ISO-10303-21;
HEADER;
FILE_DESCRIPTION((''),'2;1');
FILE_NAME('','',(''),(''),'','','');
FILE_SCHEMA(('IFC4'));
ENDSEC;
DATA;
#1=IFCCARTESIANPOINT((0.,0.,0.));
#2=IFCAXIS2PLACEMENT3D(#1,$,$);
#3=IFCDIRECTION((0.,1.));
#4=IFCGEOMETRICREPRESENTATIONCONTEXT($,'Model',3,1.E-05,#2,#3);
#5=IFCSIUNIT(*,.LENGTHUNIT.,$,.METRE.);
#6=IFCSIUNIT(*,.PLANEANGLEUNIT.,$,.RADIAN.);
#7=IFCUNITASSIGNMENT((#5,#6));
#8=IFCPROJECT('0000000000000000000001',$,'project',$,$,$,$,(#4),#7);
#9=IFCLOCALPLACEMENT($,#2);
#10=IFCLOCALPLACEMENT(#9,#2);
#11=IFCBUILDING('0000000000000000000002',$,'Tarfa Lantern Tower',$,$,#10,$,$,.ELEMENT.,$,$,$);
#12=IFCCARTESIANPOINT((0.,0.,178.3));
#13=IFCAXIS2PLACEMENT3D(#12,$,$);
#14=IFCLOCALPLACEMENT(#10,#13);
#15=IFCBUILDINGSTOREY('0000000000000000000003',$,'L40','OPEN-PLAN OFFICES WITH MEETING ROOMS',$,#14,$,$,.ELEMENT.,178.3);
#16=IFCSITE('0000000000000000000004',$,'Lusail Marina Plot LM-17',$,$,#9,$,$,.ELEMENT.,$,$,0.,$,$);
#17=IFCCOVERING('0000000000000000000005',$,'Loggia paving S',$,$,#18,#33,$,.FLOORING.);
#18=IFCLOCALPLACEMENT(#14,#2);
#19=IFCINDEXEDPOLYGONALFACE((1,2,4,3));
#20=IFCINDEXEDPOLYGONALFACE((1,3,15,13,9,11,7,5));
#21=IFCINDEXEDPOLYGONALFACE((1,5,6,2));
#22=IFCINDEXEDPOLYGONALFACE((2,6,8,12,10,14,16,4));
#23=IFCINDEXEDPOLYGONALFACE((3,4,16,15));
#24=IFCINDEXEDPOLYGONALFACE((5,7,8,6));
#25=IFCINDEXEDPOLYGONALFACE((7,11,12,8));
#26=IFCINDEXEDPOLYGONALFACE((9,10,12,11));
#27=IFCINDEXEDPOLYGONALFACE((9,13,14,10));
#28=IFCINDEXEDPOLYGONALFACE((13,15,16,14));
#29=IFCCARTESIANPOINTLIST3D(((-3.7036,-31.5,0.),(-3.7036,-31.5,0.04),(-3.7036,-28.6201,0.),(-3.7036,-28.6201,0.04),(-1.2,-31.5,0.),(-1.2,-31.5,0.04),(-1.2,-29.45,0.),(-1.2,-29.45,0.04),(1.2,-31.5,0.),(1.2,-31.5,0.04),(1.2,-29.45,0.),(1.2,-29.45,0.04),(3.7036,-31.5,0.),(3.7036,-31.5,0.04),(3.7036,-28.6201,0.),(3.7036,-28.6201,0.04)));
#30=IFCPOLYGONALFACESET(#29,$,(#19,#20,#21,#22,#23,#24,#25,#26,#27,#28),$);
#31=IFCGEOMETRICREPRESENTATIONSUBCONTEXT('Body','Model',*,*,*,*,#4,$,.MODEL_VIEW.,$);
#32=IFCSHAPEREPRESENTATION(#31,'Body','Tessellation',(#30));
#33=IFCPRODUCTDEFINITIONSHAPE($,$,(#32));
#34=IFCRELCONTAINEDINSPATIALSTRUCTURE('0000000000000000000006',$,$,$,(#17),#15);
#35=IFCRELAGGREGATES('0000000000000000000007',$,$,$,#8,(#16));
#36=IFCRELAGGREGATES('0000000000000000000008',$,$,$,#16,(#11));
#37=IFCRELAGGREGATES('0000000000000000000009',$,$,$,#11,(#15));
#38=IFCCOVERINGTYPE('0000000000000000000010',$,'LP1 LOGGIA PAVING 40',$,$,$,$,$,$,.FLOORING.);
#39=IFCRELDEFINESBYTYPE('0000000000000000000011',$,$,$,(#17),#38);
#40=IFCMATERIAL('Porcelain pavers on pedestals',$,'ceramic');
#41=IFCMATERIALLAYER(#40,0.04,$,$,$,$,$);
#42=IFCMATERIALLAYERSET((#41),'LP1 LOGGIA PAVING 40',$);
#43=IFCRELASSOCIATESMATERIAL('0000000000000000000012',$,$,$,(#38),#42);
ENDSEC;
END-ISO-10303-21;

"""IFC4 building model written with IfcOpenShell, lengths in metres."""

from ifc_helpers import new_model, si_unit, direction, frame, origin, place, context, subcontext, project, spatial, polyline, outline, extrude, material, layer, layer_set, type_object, element, save


model = new_model("IFC4")

# Units and contexts
model_context = context("Model", 3, precision=1e-05, world=origin(), true_north=direction((0.0, 1.0)))
body_context = subcontext(model_context, "Body", "Model", "MODEL_VIEW")
ifc_project = project(units=[si_unit("LENGTHUNIT", "METRE"), si_unit("PLANEANGLEUNIT", "RADIAN")], contexts=[model_context])

# Site, building, storey
site_placement = place(None, origin())
site = spatial("IfcSite", under=ifc_project, at=site_placement, Name="Lusail Marina Plot LM-17", CompositionType="ELEMENT", RefElevation=0.0)
building_placement = place(site_placement, origin())
building = spatial("IfcBuilding", under=site, at=building_placement, Name="Tarfa Lantern Tower", CompositionType="ELEMENT")
storey_placement = place(building_placement, frame((0.0, 0.0, 178.3)))
storey = spatial("IfcBuildingStorey", under=building, at=storey_placement, Name="L40", Description="OPEN-PLAN OFFICES WITH MEETING ROOMS", CompositionType="ELEMENT", Elevation=178.3)

# Covering
ifc_material_1 = material(Name="Porcelain pavers on pedestals", Category="ceramic")
ifc_layer_1 = layer(ifc_material_1, 0.04)
ifc_layer_set_1 = layer_set([ifc_layer_1], Name="LP1 LOGGIA PAVING 40")
covering_type = type_object("IfcCoveringType", Name="LP1 LOGGIA PAVING 40", PredefinedType="FLOORING", material=ifc_layer_set_1)
covering_1_placement = place(storey_placement, origin())
element("IfcCovering", 1, at=covering_1_placement, inside=storey, type_object=covering_type, Name="Loggia paving S", PredefinedType="FLOORING", context=body_context, shape_type="SweptSolid", body=[
    extrude(outline(polyline([(-3.7036, -31.5), (-3.7036, -28.6201), (3.7036, -28.6201), (3.7036, -31.5), (1.2, -31.5), (1.2, -29.45), (-1.2, -29.45), (-1.2, -31.5), (-3.7036, -31.5)])), origin(), (0.0, 0.0, 1.0), 0.04),
])

save(model, "model.ifc")
